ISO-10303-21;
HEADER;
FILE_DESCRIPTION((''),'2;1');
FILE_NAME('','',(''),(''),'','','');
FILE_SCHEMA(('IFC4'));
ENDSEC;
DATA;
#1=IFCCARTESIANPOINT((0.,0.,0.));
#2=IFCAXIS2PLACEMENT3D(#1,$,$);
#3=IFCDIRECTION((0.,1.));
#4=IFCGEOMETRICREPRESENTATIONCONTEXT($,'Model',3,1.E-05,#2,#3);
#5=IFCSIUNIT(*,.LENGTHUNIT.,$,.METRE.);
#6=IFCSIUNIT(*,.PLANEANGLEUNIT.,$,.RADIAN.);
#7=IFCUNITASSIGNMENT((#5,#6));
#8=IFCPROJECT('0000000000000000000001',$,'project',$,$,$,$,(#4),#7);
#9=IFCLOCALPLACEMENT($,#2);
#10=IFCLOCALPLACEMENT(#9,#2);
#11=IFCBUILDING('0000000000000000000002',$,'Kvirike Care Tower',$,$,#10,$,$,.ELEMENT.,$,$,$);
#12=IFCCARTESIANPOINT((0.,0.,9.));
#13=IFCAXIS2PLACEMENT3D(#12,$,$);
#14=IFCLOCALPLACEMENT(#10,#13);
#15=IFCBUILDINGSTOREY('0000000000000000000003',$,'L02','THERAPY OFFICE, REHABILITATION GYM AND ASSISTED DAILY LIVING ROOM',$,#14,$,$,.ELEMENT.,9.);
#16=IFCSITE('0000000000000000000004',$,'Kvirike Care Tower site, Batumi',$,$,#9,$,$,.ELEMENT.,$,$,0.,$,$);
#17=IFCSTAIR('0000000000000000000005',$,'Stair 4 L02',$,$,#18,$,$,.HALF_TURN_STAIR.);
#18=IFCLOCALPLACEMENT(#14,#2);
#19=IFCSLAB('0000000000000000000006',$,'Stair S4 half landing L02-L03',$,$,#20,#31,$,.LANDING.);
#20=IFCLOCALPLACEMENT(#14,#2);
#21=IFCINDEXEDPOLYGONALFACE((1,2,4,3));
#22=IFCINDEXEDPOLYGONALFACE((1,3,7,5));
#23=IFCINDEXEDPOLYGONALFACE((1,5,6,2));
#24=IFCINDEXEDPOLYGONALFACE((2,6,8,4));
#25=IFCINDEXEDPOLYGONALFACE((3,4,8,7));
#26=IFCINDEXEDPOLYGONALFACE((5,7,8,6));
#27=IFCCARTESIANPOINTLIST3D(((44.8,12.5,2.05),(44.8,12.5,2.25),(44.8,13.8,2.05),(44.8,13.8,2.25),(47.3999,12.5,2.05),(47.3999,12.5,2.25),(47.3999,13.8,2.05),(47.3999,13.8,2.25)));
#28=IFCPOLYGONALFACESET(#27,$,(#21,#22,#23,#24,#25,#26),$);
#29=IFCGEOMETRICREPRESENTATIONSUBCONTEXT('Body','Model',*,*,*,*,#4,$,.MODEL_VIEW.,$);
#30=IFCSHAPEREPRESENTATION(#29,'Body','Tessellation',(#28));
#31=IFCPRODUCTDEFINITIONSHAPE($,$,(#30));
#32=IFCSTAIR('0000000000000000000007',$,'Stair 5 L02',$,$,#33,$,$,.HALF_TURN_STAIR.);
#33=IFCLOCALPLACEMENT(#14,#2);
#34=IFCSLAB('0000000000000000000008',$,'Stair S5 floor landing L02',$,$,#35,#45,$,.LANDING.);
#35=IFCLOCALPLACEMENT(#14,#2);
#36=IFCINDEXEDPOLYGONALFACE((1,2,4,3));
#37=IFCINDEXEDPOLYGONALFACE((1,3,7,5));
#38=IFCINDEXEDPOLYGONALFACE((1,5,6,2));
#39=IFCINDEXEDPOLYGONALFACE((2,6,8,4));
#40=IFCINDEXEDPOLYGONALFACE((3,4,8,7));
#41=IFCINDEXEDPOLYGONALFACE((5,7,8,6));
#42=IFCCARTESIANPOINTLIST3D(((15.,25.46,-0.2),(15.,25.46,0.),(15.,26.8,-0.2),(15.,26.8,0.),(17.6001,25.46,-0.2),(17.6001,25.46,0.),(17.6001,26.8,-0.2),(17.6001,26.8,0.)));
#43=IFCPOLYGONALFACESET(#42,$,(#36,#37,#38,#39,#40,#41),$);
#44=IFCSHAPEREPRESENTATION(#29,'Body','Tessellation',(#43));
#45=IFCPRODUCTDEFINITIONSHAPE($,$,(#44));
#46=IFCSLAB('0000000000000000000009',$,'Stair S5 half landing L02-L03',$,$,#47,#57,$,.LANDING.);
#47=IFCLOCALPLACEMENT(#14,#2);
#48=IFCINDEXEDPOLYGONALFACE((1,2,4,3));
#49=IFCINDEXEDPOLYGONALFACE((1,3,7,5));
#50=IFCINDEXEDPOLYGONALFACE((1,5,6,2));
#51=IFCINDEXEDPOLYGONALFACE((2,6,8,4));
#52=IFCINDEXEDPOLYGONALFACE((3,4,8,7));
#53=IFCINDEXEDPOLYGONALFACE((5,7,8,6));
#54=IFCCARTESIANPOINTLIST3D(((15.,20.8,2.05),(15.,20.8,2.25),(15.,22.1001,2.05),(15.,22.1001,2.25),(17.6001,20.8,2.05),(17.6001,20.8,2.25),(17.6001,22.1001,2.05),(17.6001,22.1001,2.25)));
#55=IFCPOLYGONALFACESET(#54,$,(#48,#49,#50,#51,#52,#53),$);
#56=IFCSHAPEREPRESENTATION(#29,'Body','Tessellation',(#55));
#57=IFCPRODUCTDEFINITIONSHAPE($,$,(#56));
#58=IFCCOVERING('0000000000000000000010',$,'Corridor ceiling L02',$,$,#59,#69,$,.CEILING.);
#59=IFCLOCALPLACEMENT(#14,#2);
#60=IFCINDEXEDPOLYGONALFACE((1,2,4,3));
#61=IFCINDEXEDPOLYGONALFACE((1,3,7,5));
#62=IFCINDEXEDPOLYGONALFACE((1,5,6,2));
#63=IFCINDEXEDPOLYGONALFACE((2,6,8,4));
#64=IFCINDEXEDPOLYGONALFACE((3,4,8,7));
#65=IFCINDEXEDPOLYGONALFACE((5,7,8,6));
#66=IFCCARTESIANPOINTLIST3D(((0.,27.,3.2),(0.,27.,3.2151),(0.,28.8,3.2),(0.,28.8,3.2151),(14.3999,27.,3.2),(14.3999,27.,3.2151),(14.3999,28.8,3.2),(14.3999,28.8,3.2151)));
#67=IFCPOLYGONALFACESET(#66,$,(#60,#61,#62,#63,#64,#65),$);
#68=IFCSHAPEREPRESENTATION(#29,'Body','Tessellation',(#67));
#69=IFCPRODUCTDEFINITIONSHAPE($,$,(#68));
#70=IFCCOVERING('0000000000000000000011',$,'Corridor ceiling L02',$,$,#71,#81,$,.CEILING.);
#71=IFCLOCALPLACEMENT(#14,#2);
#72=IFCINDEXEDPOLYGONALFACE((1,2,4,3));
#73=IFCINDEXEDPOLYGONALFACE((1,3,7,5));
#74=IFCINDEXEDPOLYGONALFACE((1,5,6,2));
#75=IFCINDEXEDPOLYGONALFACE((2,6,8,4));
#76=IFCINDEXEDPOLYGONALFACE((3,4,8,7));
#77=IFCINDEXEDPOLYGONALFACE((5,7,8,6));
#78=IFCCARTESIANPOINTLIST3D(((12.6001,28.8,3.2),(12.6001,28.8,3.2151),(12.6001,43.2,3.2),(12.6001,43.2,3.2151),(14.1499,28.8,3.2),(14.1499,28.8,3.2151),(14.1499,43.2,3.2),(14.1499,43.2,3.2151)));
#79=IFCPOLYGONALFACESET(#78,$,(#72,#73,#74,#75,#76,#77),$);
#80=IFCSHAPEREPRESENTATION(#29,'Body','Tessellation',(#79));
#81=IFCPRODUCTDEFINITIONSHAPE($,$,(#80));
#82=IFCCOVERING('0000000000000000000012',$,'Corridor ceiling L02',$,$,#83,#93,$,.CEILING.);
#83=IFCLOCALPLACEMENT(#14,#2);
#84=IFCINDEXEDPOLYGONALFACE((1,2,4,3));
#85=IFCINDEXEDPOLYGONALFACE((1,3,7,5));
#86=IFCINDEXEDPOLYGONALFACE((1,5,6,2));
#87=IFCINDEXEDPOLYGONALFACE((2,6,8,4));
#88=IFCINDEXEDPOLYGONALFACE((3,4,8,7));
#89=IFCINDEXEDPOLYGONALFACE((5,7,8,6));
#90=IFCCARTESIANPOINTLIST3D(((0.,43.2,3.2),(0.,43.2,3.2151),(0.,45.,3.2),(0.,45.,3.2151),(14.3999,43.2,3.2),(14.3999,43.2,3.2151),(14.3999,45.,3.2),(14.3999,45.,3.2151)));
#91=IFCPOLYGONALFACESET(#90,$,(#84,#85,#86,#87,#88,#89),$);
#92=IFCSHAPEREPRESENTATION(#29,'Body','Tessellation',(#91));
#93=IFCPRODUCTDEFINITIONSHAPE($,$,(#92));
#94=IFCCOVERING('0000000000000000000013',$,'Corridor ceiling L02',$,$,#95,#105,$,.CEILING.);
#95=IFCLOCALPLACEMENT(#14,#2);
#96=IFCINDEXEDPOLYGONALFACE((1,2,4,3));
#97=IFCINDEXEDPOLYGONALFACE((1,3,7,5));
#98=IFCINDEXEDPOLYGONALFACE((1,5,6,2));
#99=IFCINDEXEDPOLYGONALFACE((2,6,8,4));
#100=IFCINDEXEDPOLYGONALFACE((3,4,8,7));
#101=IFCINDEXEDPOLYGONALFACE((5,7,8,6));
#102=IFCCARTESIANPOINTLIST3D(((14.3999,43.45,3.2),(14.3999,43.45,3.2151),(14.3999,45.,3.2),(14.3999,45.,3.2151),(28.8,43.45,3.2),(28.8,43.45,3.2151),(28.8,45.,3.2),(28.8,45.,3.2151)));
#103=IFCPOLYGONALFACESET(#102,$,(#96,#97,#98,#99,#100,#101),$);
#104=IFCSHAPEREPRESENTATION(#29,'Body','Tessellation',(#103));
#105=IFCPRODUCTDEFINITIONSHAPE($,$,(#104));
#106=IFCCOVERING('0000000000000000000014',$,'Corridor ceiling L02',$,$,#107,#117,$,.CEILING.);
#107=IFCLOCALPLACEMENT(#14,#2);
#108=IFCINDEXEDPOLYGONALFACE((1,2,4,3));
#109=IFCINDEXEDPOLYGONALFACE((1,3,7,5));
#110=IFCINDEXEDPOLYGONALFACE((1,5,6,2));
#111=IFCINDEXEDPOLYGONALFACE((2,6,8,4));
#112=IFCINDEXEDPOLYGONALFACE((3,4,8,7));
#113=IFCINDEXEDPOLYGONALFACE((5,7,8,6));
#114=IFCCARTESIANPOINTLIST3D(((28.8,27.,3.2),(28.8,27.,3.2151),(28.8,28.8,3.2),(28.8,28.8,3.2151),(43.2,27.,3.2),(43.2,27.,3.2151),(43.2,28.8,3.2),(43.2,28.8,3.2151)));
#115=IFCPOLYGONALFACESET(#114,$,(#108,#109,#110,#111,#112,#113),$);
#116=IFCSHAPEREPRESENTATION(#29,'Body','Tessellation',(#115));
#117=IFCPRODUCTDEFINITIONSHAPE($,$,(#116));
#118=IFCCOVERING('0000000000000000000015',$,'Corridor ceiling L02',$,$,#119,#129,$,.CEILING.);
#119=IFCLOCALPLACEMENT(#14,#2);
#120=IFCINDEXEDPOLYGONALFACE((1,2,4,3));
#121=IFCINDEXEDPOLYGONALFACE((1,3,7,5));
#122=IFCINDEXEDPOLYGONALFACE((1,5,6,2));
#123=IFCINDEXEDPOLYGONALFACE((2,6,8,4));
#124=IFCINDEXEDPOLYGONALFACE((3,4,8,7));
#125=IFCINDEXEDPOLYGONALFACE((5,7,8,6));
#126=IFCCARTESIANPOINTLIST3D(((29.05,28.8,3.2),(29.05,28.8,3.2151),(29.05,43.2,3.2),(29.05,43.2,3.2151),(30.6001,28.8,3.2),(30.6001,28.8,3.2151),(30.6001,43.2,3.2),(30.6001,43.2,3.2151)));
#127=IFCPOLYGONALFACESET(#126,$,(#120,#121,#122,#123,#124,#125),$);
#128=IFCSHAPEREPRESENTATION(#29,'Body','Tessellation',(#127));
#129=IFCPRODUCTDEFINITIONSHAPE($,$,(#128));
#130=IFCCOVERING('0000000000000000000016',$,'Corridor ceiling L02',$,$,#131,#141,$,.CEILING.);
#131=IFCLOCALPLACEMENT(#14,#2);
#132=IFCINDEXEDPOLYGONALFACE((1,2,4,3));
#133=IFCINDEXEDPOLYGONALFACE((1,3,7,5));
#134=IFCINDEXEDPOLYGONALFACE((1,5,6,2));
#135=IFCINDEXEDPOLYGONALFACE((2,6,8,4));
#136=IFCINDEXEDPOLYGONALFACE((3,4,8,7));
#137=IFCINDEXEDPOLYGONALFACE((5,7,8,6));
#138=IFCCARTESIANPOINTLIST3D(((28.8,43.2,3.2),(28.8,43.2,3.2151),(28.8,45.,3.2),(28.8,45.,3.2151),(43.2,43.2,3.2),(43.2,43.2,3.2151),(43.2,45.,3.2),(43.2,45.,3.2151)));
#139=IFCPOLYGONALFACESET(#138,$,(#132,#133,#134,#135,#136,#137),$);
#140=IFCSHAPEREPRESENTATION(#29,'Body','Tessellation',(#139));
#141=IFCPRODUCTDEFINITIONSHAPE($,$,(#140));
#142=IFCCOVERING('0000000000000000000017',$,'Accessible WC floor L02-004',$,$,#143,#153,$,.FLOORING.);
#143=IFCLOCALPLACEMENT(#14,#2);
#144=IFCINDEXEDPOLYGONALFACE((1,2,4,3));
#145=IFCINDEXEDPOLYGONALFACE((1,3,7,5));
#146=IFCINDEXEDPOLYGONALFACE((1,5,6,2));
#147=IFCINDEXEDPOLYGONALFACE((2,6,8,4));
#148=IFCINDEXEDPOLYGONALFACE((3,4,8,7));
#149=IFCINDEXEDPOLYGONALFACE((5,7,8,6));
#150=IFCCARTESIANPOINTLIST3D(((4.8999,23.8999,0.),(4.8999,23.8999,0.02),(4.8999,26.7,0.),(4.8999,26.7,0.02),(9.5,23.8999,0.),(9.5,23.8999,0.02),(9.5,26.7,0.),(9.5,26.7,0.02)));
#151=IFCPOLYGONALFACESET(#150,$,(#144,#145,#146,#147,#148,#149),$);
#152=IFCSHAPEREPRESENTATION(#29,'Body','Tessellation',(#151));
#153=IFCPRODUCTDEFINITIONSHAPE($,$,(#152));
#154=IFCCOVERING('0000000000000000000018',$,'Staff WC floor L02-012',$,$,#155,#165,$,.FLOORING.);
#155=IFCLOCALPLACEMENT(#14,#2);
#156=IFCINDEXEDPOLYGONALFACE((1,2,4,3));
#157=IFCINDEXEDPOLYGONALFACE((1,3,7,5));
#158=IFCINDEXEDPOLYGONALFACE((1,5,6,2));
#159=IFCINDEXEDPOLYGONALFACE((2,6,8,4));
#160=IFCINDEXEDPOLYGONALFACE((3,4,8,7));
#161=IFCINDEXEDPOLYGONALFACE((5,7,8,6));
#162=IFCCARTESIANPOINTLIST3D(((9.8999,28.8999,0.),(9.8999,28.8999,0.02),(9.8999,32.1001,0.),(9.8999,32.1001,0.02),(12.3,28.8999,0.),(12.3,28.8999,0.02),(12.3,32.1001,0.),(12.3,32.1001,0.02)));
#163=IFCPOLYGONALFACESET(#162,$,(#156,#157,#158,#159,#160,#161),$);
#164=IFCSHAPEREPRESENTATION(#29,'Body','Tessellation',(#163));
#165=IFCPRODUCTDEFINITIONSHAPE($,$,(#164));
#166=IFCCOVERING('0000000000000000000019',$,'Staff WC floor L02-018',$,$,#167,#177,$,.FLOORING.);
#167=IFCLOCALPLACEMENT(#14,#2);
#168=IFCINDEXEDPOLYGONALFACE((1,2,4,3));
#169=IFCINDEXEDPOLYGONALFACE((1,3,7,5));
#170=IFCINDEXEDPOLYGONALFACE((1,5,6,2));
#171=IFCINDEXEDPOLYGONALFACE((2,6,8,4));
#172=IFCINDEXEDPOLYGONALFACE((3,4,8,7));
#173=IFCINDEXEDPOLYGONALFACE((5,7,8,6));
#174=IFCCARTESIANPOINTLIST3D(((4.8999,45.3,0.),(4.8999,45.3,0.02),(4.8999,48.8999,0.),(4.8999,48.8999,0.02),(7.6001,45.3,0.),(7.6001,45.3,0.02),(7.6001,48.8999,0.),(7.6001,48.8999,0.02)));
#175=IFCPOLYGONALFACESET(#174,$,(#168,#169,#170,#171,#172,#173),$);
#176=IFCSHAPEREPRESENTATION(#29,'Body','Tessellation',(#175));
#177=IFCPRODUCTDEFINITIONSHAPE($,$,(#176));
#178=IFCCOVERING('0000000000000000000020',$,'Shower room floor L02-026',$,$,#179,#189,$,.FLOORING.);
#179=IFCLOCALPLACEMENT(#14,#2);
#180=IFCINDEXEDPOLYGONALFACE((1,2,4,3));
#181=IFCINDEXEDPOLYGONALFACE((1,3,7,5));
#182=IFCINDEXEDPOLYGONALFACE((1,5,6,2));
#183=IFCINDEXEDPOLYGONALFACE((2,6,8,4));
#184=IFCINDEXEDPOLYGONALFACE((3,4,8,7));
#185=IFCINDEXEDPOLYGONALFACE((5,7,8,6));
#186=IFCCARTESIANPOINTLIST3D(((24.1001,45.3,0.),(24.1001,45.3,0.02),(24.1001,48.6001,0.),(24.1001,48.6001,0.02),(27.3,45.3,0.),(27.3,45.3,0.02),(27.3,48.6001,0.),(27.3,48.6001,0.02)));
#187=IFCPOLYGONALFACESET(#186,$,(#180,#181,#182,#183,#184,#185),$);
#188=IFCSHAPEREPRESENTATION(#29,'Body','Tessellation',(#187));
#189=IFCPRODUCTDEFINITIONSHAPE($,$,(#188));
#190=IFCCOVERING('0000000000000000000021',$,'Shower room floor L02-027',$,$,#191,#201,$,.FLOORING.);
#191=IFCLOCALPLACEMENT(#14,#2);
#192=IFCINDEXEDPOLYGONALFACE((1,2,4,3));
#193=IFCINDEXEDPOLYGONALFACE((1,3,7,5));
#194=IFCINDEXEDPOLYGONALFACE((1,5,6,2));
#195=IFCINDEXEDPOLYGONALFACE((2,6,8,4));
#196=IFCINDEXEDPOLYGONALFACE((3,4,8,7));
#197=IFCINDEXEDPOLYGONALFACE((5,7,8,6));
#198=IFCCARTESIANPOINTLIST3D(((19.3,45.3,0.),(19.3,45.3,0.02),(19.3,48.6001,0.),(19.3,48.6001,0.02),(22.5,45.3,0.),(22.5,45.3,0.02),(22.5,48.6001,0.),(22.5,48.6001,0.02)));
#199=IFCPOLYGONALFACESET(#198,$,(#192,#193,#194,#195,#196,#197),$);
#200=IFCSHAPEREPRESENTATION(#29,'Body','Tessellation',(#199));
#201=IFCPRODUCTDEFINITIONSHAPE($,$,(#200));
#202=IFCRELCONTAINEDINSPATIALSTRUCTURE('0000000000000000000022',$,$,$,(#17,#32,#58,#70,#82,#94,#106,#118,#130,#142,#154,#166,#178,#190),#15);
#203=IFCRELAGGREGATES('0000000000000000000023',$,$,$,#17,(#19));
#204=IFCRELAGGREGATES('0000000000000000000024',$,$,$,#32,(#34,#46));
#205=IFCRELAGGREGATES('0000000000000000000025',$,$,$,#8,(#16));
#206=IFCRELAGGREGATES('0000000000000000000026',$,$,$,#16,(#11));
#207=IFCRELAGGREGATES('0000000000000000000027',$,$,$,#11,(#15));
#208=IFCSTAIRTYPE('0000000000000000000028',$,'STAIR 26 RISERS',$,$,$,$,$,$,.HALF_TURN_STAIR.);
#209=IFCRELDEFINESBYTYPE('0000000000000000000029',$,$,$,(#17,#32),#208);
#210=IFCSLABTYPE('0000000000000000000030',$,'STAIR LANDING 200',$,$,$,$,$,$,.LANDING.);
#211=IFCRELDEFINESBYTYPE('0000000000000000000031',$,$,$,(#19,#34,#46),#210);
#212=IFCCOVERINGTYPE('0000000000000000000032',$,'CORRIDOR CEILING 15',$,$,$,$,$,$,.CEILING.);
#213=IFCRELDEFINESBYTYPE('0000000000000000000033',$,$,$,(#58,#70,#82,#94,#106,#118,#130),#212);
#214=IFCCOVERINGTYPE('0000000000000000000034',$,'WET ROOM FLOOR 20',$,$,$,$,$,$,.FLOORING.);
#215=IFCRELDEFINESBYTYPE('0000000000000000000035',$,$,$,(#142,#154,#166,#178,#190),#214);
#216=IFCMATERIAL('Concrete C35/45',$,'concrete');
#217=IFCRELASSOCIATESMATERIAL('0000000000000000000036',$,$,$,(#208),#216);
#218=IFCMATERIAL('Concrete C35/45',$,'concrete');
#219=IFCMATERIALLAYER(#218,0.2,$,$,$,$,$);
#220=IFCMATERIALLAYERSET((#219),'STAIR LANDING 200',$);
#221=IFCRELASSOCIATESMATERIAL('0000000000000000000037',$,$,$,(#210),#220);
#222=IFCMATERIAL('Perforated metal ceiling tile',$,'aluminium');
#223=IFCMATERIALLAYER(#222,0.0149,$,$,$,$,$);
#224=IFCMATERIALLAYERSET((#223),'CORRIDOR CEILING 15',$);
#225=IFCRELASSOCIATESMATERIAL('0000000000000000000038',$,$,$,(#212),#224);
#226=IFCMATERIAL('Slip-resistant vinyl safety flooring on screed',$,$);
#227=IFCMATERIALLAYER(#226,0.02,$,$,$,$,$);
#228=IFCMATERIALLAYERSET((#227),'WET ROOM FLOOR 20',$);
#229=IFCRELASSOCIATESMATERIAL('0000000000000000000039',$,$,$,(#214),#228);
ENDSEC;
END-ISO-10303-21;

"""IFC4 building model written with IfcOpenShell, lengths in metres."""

from ifc_helpers import new_model, si_unit, direction, frame, origin, place, context, subcontext, project, spatial, polyline, outline, extrude, material, layer, layer_set, type_object, element, aggregate, save


model = new_model("IFC4")

# Units and contexts
model_context = context("Model", 3, precision=1e-05, world=origin(), true_north=direction((0.0, 1.0)))
body_context = subcontext(model_context, "Body", "Model", "MODEL_VIEW")
ifc_project = project(units=[si_unit("LENGTHUNIT", "METRE"), si_unit("PLANEANGLEUNIT", "RADIAN")], contexts=[model_context])

# Site, building, storey
site_placement = place(None, origin())
site = spatial("IfcSite", under=ifc_project, at=site_placement, Name="Kvirike Care Tower site, Batumi", CompositionType="ELEMENT", RefElevation=0.0)
building_placement = place(site_placement, origin())
building = spatial("IfcBuilding", under=site, at=building_placement, Name="Kvirike Care Tower", CompositionType="ELEMENT")
storey_placement = place(building_placement, frame((0.0, 0.0, 9.0)))
storey = spatial("IfcBuildingStorey", under=building, at=storey_placement, Name="L02", Description="THERAPY OFFICE, REHABILITATION GYM AND ASSISTED DAILY LIVING ROOM", CompositionType="ELEMENT", Elevation=9.0)

# Stairs, slabs
ifc_material_1 = material(Name="Concrete C35/45", Category="concrete")
stair_type = type_object("IfcStairType", Name="STAIR 26 RISERS", PredefinedType="HALF_TURN_STAIR", material=ifc_material_1)
ifc_material_2 = material(Name="Concrete C35/45", Category="concrete")
ifc_layer_1 = layer(ifc_material_2, 0.2)
ifc_layer_set_1 = layer_set([ifc_layer_1], Name="STAIR LANDING 200")
slab_type_1 = type_object("IfcSlabType", Name="STAIR LANDING 200", PredefinedType="LANDING", material=ifc_layer_set_1)
stair_1_placement = place(storey_placement, origin())
stair_1 = element("IfcStair", 1, at=stair_1_placement, inside=storey, type_object=stair_type, Name="Stair 4 L02", PredefinedType="HALF_TURN_STAIR")
slab_1_placement = place(storey_placement, frame((0.0, 0.0, 2.05)))
slab_1 = element("IfcSlab", 2, at=slab_1_placement, type_object=slab_type_1, Name="Stair S4 half landing L02-L03", PredefinedType="LANDING", context=body_context, shape_type="SweptSolid", body=[
    extrude(outline(polyline([(44.8, 12.5), (47.3999, 12.5), (47.3999, 13.8), (44.8, 13.8), (44.8, 12.5)])), origin(), (0.0, 0.0, 1.0), 0.2),
])
aggregate(stair_1, [slab_1])
stair_2_placement = place(storey_placement, origin())
stair_2 = element("IfcStair", 3, at=stair_2_placement, inside=storey, type_object=stair_type, Name="Stair 5 L02", PredefinedType="HALF_TURN_STAIR")
slab_2_placement = place(storey_placement, frame((0.0, 0.0, -0.2)))
slab_2 = element("IfcSlab", 4, at=slab_2_placement, type_object=slab_type_1, Name="Stair S5 floor landing L02", PredefinedType="LANDING", context=body_context, shape_type="SweptSolid", body=[
    extrude(outline(polyline([(15.0, 25.46), (17.6001, 25.46), (17.6001, 26.8), (15.0, 26.8), (15.0, 25.46)])), origin(), (0.0, 0.0, 1.0), 0.2),
])
slab_3_placement = place(storey_placement, frame((0.0, 0.0, 2.05)))
slab_3 = element("IfcSlab", 5, at=slab_3_placement, type_object=slab_type_1, Name="Stair S5 half landing L02-L03", PredefinedType="LANDING", context=body_context, shape_type="SweptSolid", body=[
    extrude(outline(polyline([(15.0, 20.8), (17.6001, 20.8), (17.6001, 22.1001), (15.0, 22.1001), (15.0, 20.8)])), origin(), (0.0, 0.0, 1.0), 0.2),
])
aggregate(stair_2, [slab_2, slab_3])

# Coverings
ifc_material_3 = material(Name="Perforated metal ceiling tile", Category="aluminium")
ifc_layer_2 = layer(ifc_material_3, 0.0149)
ifc_layer_set_2 = layer_set([ifc_layer_2], Name="CORRIDOR CEILING 15")
covering_type_1 = type_object("IfcCoveringType", Name="CORRIDOR CEILING 15", PredefinedType="CEILING", material=ifc_layer_set_2)
covering_1_placement = place(storey_placement, frame((0.0, 0.0, 3.2)))
element("IfcCovering", 6, at=covering_1_placement, inside=storey, type_object=covering_type_1, Name="Corridor ceiling L02", PredefinedType="CEILING", context=body_context, shape_type="SweptSolid", body=[
    extrude(outline(polyline([(0.0, 27.0), (0.0, 28.8), (14.3999, 28.8), (14.3999, 27.0), (0.0, 27.0)])), origin(), (0.0, 0.0, 1.0), 0.0151),
])
covering_2_placement = place(storey_placement, frame((0.0, 0.0, 3.2)))
element("IfcCovering", 7, at=covering_2_placement, inside=storey, type_object=covering_type_1, Name="Corridor ceiling L02", PredefinedType="CEILING", context=body_context, shape_type="SweptSolid", body=[
    extrude(outline(polyline([(12.6001, 43.2), (14.1499, 43.2), (14.1499, 28.8), (12.6001, 28.8), (12.6001, 43.2)])), origin(), (0.0, 0.0, 1.0), 0.0151),
])
covering_3_placement = place(storey_placement, frame((0.0, 0.0, 3.2)))
element("IfcCovering", 8, at=covering_3_placement, inside=storey, type_object=covering_type_1, Name="Corridor ceiling L02", PredefinedType="CEILING", context=body_context, shape_type="SweptSolid", body=[
    extrude(outline(polyline([(14.3999, 45.0), (14.3999, 43.2), (0.0, 43.2), (0.0, 45.0), (14.3999, 45.0)])), origin(), (0.0, 0.0, 1.0), 0.0151),
])
covering_4_placement = place(storey_placement, frame((0.0, 0.0, 3.2)))
element("IfcCovering", 9, at=covering_4_placement, inside=storey, type_object=covering_type_1, Name="Corridor ceiling L02", PredefinedType="CEILING", context=body_context, shape_type="SweptSolid", body=[
    extrude(outline(polyline([(28.8, 45.0), (28.8, 43.45), (14.3999, 43.45), (14.3999, 45.0), (28.8, 45.0)])), origin(), (0.0, 0.0, 1.0), 0.0151),
])
covering_5_placement = place(storey_placement, frame((0.0, 0.0, 3.2)))
element("IfcCovering", 10, at=covering_5_placement, inside=storey, type_object=covering_type_1, Name="Corridor ceiling L02", PredefinedType="CEILING", context=body_context, shape_type="SweptSolid", body=[
    extrude(outline(polyline([(28.8, 27.0), (28.8, 28.8), (43.2, 28.8), (43.2, 27.0), (28.8, 27.0)])), origin(), (0.0, 0.0, 1.0), 0.0151),
])
covering_6_placement = place(storey_placement, frame((0.0, 0.0, 3.2)))
element("IfcCovering", 11, at=covering_6_placement, inside=storey, type_object=covering_type_1, Name="Corridor ceiling L02", PredefinedType="CEILING", context=body_context, shape_type="SweptSolid", body=[
    extrude(outline(polyline([(30.6001, 28.8), (29.05, 28.8), (29.05, 43.2), (30.6001, 43.2), (30.6001, 28.8)])), origin(), (0.0, 0.0, 1.0), 0.0151),
])
covering_7_placement = place(storey_placement, frame((0.0, 0.0, 3.2)))
element("IfcCovering", 12, at=covering_7_placement, inside=storey, type_object=covering_type_1, Name="Corridor ceiling L02", PredefinedType="CEILING", context=body_context, shape_type="SweptSolid", body=[
    extrude(outline(polyline([(43.2, 45.0), (43.2, 43.2), (28.8, 43.2), (28.8, 45.0), (43.2, 45.0)])), origin(), (0.0, 0.0, 1.0), 0.0151),
])
ifc_material_4 = material(Name="Slip-resistant vinyl safety flooring on screed")
ifc_layer_3 = layer(ifc_material_4, 0.02)
ifc_layer_set_3 = layer_set([ifc_layer_3], Name="WET ROOM FLOOR 20")
covering_type_2 = type_object("IfcCoveringType", Name="WET ROOM FLOOR 20", PredefinedType="FLOORING", material=ifc_layer_set_3)
covering_8_placement = place(storey_placement, origin())
element("IfcCovering", 13, at=covering_8_placement, inside=storey, type_object=covering_type_2, Name="Accessible WC floor L02-004", PredefinedType="FLOORING", context=body_context, shape_type="SweptSolid", body=[
    extrude(outline(polyline([(4.8999, 26.7), (9.5, 26.7), (9.5, 23.8999), (4.8999, 23.8999), (4.8999, 26.7)])), origin(), (0.0, 0.0, 1.0), 0.02),
])
covering_9_placement = place(storey_placement, origin())
element("IfcCovering", 14, at=covering_9_placement, inside=storey, type_object=covering_type_2, Name="Staff WC floor L02-012", PredefinedType="FLOORING", context=body_context, shape_type="SweptSolid", body=[
    extrude(outline(polyline([(12.3, 32.1001), (12.3, 28.8999), (9.8999, 28.8999), (9.8999, 32.1001), (12.3, 32.1001)])), origin(), (0.0, 0.0, 1.0), 0.02),
])
covering_10_placement = place(storey_placement, origin())
element("IfcCovering", 15, at=covering_10_placement, inside=storey, type_object=covering_type_2, Name="Staff WC floor L02-018", PredefinedType="FLOORING", context=body_context, shape_type="SweptSolid", body=[
    extrude(outline(polyline([(7.6001, 45.3), (4.8999, 45.3), (4.8999, 48.8999), (7.6001, 48.8999), (7.6001, 45.3)])), origin(), (0.0, 0.0, 1.0), 0.02),
])
covering_11_placement = place(storey_placement, origin())
element("IfcCovering", 16, at=covering_11_placement, inside=storey, type_object=covering_type_2, Name="Shower room floor L02-026", PredefinedType="FLOORING", context=body_context, shape_type="SweptSolid", body=[
    extrude(outline(polyline([(27.3, 45.3), (24.1001, 45.3), (24.1001, 48.6001), (27.3, 48.6001), (27.3, 45.3)])), origin(), (0.0, 0.0, 1.0), 0.02),
])
covering_12_placement = place(storey_placement, origin())
element("IfcCovering", 17, at=covering_12_placement, inside=storey, type_object=covering_type_2, Name="Shower room floor L02-027", PredefinedType="FLOORING", context=body_context, shape_type="SweptSolid", body=[
    extrude(outline(polyline([(22.5, 45.3), (19.3, 45.3), (19.3, 48.6001), (22.5, 48.6001), (22.5, 45.3)])), origin(), (0.0, 0.0, 1.0), 0.02),
])

save(model, "model.ifc")
